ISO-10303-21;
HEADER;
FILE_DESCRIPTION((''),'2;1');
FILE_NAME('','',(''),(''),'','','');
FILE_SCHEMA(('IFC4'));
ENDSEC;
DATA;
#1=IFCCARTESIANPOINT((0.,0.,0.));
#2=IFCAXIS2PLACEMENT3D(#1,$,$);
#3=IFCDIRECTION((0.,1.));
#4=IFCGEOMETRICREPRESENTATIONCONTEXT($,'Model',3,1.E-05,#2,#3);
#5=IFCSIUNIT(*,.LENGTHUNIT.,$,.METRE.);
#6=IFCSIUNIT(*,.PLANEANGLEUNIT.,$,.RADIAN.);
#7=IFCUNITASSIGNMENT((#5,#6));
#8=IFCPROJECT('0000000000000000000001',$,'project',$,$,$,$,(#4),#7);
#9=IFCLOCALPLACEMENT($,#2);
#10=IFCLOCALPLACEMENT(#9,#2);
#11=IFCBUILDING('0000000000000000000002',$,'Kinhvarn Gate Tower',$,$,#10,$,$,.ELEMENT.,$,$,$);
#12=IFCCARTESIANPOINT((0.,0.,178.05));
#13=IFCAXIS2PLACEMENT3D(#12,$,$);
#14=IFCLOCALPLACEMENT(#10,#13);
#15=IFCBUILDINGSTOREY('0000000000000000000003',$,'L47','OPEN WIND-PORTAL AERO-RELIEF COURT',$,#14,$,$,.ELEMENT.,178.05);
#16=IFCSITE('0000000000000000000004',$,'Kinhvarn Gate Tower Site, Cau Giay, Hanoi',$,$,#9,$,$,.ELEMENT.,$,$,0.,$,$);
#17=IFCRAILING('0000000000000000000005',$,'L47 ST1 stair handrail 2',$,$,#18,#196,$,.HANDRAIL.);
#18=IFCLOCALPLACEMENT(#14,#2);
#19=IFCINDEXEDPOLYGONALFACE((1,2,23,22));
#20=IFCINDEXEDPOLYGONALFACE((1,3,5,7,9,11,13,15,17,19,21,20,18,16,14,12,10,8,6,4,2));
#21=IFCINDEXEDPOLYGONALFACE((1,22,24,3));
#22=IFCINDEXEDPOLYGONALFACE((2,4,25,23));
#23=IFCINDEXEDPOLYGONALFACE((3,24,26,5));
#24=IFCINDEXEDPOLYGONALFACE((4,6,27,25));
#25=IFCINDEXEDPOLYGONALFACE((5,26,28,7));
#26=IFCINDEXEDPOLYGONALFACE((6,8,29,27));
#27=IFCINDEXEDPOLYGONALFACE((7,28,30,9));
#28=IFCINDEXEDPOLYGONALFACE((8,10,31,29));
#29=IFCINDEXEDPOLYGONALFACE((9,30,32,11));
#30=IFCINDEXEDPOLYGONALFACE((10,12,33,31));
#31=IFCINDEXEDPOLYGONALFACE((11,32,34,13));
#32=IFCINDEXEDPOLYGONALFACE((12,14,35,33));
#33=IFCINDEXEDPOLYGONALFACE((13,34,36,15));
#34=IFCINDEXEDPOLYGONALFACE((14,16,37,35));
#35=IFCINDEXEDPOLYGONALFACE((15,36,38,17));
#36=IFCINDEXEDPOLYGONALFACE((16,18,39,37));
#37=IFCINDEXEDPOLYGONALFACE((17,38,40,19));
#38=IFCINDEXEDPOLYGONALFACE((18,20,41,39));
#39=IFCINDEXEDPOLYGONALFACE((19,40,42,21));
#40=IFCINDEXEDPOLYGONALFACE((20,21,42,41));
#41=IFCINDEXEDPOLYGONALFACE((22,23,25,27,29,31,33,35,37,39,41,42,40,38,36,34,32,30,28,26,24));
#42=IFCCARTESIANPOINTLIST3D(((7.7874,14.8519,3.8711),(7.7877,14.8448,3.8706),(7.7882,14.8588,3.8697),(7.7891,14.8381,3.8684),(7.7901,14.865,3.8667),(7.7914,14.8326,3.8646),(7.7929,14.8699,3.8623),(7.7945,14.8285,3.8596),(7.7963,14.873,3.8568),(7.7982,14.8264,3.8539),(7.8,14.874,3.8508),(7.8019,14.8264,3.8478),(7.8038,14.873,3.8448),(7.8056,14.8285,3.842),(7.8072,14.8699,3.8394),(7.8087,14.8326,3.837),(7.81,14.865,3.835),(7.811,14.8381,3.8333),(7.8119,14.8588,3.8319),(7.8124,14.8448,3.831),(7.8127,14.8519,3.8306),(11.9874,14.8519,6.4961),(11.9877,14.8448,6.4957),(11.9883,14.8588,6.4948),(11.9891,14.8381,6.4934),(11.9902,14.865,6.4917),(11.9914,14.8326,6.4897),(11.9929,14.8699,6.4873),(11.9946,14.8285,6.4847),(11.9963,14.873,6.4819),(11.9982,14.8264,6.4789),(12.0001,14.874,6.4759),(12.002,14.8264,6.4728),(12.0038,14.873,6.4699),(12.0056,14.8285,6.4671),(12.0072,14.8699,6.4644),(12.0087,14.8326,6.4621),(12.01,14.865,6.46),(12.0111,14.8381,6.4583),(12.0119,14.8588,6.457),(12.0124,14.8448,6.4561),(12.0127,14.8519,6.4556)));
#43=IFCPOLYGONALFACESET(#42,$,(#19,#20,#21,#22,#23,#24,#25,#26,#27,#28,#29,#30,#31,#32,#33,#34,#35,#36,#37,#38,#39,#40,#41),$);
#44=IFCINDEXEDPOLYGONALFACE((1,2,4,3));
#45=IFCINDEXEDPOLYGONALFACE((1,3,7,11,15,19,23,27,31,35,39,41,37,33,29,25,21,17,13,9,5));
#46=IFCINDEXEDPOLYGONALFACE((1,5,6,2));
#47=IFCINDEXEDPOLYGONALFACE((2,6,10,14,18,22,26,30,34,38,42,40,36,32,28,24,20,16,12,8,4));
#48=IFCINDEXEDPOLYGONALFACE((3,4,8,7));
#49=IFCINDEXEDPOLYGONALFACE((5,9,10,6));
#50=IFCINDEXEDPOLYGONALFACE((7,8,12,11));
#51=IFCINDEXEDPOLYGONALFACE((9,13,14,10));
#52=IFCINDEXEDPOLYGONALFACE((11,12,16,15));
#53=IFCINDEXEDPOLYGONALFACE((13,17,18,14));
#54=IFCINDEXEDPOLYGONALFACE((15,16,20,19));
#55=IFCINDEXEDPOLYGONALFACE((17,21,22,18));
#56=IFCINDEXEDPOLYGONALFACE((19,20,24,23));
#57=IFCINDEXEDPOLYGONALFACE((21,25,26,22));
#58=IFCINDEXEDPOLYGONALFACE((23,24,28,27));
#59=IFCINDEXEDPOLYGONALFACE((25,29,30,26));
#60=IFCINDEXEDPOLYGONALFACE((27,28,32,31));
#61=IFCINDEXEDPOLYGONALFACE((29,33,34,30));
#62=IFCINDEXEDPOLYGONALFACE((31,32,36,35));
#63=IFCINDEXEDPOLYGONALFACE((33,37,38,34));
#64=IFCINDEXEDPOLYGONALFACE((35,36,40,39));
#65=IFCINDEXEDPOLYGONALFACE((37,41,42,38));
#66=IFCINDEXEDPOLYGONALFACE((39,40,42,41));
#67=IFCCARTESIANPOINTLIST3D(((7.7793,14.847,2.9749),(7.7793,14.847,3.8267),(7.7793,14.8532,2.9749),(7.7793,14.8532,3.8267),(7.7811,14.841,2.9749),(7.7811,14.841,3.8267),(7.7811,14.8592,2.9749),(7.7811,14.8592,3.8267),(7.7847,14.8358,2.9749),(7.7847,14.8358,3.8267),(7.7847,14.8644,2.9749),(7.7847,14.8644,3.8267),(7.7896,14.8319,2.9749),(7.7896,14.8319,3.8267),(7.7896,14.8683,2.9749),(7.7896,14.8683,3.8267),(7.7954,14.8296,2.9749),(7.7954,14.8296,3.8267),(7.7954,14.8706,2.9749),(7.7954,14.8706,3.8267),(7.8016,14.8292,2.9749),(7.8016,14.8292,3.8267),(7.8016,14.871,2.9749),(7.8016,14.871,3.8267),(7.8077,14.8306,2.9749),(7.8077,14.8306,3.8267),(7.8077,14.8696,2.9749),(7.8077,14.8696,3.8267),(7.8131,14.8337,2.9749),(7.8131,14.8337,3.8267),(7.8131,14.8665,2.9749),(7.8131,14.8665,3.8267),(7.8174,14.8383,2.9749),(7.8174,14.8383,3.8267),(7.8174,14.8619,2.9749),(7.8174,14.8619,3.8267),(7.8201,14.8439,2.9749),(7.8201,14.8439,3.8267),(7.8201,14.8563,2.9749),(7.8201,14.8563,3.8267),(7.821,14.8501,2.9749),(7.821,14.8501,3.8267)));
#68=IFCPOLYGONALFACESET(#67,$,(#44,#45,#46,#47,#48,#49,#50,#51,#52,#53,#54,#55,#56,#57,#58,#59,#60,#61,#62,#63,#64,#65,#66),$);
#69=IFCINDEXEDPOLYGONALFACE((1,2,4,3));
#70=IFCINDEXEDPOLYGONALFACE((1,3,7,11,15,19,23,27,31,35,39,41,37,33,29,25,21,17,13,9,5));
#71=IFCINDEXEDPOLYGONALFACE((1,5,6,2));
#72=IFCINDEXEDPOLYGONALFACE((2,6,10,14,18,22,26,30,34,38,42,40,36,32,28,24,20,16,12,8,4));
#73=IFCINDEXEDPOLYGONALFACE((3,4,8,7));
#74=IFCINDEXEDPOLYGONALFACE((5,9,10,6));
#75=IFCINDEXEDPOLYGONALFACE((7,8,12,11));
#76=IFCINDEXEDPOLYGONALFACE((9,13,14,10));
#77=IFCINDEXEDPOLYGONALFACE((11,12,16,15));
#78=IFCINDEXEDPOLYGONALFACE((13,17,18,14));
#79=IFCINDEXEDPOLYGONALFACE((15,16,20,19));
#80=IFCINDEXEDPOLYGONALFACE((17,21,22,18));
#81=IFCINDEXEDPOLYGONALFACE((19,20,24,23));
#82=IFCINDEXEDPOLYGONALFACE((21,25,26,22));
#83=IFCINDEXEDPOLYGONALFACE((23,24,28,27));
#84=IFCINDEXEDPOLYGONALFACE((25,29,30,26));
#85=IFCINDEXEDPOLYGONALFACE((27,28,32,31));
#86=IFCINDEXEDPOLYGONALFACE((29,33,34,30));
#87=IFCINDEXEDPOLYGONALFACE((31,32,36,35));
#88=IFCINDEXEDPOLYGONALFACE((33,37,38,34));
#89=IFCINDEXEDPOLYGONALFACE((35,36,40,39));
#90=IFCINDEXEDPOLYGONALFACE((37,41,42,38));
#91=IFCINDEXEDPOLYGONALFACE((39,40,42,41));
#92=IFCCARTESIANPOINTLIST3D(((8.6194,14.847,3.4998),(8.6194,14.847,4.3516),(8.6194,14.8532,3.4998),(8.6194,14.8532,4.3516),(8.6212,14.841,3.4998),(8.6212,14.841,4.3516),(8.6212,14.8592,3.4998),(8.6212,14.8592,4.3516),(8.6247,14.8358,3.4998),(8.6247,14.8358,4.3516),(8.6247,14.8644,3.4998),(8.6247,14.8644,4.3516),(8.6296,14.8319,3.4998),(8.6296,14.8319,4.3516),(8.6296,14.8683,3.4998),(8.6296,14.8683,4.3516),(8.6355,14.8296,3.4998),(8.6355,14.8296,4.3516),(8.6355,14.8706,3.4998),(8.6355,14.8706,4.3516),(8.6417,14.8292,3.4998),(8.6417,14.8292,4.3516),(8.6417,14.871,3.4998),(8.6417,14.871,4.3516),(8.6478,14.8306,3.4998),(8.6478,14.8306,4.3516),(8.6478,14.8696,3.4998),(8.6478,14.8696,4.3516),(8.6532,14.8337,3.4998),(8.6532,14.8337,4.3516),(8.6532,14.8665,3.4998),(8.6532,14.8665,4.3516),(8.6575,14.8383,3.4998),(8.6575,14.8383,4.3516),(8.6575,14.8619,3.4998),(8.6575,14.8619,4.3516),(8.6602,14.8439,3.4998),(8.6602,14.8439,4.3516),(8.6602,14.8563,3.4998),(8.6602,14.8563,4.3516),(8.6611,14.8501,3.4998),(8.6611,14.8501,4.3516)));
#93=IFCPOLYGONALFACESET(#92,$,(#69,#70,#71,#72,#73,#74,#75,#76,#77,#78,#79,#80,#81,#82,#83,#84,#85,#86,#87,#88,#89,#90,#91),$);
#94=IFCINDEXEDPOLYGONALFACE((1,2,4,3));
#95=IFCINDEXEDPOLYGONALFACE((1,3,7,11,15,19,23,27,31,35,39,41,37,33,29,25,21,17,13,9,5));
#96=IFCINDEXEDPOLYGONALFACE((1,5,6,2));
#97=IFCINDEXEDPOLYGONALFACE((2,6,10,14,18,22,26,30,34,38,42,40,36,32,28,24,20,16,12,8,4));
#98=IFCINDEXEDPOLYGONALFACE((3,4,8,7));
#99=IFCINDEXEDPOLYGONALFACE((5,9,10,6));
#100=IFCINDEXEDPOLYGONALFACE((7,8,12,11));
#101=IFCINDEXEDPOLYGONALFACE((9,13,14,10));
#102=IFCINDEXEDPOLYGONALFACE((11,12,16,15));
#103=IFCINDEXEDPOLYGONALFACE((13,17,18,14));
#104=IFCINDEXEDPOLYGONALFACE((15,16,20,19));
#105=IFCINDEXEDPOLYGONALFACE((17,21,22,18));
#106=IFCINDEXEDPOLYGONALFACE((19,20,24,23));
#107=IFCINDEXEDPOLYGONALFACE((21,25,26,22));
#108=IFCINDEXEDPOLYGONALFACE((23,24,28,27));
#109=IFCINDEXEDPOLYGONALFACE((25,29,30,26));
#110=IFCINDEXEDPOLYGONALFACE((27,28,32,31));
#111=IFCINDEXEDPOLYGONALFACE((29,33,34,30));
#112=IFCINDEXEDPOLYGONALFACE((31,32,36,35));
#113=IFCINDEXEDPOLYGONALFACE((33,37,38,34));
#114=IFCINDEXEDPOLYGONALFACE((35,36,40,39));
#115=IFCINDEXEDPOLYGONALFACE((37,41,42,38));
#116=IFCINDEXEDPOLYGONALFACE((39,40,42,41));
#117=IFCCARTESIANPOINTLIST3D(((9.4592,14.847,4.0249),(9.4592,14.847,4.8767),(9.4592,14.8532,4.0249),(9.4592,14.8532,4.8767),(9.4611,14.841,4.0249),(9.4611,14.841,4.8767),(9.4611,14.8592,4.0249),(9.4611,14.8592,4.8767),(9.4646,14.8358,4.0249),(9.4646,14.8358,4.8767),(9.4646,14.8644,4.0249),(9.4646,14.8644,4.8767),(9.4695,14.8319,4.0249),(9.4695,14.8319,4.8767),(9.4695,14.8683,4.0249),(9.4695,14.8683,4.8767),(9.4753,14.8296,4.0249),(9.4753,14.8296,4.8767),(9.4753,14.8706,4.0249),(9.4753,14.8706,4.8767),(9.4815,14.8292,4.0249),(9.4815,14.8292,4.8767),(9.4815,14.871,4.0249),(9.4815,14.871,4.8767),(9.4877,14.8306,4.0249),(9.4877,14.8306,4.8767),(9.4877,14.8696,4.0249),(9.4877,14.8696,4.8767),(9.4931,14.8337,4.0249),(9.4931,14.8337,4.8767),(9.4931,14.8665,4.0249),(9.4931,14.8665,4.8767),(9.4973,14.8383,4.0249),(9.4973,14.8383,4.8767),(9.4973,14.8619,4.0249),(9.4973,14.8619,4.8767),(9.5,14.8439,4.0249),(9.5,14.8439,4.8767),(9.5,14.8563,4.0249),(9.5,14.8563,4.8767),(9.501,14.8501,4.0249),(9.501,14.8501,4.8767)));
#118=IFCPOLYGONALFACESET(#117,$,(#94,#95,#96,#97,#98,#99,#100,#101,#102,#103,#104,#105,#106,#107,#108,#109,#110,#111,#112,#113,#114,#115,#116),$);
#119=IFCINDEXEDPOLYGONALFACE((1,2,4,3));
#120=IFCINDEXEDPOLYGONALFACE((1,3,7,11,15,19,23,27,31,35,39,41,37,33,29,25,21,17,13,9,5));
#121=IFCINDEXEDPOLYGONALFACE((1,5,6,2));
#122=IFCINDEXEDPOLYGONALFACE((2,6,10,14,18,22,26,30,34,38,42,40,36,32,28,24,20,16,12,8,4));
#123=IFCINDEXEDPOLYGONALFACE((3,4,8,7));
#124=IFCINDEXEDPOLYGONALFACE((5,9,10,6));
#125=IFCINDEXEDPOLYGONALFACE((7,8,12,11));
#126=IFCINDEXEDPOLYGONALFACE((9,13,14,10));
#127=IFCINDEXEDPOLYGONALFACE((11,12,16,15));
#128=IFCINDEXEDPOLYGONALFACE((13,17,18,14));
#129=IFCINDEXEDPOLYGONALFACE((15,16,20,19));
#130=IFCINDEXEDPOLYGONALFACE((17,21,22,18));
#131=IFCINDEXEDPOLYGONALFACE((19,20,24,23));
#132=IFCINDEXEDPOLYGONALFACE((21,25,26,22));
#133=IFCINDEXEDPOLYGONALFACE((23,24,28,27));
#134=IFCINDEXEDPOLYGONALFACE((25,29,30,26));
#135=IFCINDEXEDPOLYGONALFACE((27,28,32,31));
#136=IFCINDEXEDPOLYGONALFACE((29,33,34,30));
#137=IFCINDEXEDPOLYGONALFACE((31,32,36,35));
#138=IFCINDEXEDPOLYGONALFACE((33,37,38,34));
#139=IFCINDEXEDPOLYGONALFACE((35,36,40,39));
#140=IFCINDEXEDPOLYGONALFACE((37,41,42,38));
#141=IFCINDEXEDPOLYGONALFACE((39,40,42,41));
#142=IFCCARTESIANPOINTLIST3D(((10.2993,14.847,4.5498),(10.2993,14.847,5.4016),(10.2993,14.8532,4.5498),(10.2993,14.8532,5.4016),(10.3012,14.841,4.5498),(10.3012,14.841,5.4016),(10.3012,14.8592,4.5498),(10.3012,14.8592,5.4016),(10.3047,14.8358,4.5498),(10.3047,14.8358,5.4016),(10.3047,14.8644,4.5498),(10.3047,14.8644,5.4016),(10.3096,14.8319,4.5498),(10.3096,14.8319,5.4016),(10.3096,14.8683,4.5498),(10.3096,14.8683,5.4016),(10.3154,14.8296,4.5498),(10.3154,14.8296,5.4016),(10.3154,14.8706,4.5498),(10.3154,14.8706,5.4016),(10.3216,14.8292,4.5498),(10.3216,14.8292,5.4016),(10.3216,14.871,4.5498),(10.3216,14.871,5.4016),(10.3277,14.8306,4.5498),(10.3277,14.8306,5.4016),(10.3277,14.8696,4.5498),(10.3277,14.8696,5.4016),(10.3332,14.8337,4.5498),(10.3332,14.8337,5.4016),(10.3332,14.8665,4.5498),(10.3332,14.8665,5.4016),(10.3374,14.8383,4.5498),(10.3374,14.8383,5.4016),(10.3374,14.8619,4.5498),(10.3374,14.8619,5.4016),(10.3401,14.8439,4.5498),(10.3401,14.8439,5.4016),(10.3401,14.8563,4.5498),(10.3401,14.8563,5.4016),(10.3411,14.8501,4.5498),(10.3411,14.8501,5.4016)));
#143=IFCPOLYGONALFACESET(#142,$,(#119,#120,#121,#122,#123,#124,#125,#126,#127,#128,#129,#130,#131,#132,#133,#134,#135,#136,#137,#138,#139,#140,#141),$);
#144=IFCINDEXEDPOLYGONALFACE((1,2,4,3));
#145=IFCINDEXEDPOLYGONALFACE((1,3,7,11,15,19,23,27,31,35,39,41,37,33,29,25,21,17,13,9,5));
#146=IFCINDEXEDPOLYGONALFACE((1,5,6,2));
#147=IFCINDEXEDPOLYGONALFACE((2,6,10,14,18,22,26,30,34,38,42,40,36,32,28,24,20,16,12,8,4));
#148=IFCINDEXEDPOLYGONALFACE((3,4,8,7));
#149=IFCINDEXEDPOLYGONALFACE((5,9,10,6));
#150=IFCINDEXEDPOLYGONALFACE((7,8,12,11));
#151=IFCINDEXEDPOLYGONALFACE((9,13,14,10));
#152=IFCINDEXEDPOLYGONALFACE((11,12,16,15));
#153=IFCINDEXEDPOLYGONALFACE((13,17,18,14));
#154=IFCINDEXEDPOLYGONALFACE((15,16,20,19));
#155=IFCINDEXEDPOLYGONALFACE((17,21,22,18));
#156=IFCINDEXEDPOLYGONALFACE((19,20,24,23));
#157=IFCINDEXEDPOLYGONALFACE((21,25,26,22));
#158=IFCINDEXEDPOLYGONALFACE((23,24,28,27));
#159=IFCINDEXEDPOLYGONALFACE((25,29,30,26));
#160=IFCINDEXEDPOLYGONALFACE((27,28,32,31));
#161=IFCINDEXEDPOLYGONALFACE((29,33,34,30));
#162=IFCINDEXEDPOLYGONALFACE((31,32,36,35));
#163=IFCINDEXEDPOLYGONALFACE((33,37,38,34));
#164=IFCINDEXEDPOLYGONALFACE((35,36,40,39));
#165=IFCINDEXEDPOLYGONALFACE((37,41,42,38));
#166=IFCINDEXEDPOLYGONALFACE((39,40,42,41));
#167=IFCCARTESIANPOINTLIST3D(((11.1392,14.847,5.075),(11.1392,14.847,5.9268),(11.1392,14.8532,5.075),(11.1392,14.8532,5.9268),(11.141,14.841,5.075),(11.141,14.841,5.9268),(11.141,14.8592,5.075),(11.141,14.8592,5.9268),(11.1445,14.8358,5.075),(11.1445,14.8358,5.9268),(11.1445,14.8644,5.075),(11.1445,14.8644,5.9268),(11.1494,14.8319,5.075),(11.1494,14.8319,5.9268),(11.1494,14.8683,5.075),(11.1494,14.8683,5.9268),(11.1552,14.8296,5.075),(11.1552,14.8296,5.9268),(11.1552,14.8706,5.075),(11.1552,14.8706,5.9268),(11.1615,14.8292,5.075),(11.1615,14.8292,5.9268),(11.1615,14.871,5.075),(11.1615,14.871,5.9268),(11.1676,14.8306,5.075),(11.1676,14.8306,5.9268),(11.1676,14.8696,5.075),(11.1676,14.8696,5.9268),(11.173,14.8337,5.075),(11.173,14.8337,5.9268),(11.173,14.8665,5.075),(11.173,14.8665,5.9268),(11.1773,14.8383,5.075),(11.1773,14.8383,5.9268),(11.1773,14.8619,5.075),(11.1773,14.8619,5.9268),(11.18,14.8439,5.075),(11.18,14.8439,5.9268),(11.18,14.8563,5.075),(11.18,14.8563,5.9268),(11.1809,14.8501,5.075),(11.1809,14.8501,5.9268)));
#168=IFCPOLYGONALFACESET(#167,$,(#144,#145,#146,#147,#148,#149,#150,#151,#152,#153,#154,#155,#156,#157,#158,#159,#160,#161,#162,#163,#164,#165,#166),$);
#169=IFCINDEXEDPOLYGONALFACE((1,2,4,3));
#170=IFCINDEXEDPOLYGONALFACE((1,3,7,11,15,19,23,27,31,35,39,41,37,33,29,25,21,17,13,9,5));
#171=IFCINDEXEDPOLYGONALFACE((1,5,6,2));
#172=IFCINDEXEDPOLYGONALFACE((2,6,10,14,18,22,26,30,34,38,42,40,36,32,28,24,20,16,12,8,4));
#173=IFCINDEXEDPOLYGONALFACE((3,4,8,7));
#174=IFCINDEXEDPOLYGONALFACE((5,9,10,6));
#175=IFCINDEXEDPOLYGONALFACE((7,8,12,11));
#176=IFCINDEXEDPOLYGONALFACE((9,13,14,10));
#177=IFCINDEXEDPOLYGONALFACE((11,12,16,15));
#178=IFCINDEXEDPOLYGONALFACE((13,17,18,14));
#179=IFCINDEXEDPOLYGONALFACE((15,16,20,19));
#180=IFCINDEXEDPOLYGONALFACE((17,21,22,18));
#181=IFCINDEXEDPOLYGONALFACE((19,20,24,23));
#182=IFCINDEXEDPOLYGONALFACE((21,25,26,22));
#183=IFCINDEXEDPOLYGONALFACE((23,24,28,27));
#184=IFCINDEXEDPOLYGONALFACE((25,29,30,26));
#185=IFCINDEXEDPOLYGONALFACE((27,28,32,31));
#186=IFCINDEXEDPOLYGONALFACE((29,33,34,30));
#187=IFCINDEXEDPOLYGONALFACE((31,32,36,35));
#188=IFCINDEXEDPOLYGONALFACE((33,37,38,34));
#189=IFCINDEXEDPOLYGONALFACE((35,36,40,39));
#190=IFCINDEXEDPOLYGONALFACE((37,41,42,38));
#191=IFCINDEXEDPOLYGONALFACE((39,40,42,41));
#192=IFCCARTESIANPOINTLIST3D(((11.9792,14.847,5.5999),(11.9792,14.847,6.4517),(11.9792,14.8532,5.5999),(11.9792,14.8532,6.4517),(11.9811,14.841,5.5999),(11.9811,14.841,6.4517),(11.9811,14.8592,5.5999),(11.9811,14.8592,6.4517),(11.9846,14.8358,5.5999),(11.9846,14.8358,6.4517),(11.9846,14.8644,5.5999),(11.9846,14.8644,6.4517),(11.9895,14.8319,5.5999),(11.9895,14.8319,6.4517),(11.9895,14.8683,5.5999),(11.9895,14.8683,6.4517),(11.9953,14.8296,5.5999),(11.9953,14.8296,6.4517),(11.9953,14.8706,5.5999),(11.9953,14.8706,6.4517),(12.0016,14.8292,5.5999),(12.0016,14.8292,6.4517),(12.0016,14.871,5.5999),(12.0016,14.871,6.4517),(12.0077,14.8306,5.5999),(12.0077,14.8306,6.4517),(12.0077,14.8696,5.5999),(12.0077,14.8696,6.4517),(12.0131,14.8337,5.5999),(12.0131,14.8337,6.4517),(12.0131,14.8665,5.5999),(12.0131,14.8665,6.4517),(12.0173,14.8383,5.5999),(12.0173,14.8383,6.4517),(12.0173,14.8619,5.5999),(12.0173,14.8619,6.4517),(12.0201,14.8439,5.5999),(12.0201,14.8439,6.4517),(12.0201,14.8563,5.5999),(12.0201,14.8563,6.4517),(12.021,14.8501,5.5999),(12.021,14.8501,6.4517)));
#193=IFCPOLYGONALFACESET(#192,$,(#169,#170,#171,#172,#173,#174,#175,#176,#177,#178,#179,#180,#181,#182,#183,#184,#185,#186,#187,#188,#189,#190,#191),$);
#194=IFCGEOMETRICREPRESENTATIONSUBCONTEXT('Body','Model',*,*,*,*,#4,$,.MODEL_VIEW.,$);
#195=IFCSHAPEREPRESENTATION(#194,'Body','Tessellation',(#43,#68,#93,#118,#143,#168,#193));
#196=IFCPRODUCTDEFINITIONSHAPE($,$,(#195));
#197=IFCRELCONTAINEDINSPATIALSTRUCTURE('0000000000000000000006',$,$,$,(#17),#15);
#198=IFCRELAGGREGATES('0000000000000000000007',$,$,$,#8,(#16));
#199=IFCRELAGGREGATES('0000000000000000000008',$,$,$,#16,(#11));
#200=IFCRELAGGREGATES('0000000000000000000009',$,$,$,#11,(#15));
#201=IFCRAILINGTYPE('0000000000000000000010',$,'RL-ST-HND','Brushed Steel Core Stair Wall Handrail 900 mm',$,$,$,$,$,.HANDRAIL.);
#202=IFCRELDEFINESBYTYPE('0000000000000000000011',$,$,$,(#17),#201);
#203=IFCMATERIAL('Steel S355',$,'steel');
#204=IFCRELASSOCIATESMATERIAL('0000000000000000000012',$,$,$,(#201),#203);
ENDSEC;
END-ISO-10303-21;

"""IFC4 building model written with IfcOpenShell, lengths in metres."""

from ifc_helpers import new_model, si_unit, direction, frame, origin, origin_2d, place, context, subcontext, project, spatial, circle, extrude, material, type_object, element, save


model = new_model("IFC4")

# Units and contexts
model_context = context("Model", 3, precision=1e-05, world=origin(), true_north=direction((0.0, 1.0)))
body_context = subcontext(model_context, "Body", "Model", "MODEL_VIEW")
ifc_project = project(units=[si_unit("LENGTHUNIT", "METRE"), si_unit("PLANEANGLEUNIT", "RADIAN")], contexts=[model_context])

# Site, building, storey
site_placement = place(None, origin())
site = spatial("IfcSite", under=ifc_project, at=site_placement, Name="Kinhvarn Gate Tower Site, Cau Giay, Hanoi", CompositionType="ELEMENT", RefElevation=0.0)
building_placement = place(site_placement, origin())
building = spatial("IfcBuilding", under=site, at=building_placement, Name="Kinhvarn Gate Tower", CompositionType="ELEMENT")
storey_placement = place(building_placement, frame((0.0, 0.0, 178.05)))
storey = spatial("IfcBuildingStorey", under=building, at=storey_placement, Name="L47", Description="OPEN WIND-PORTAL AERO-RELIEF COURT", CompositionType="ELEMENT", Elevation=178.05)

# Shared definitions
ifc_material_1 = material(Name="Steel S355", Category="steel")

# Railing
railing_type_1 = type_object("IfcRailingType", Name="RL-ST-HND", Description="Brushed Steel Core Stair Wall Handrail 900 mm", PredefinedType="HANDRAIL", material=ifc_material_1)
railing_1_placement = place(storey_placement, frame((7.8, 14.8501, 2.9749)))
element("IfcRailing", 1, at=railing_1_placement, inside=storey, type_object=railing_type_1, Name="L47 ST1 stair handrail 2", PredefinedType="HANDRAIL", context=body_context, shape_type="SweptSolid", body=[
    extrude(circle(Radius=0.0239, at=origin_2d()), frame((0.0, 0.0, 0.876), z_axis=(0.847996, 0.0, 0.530003), x_axis=(0.0, 1.0, 0.0)), (0.0, 0.0, 1.0), 4.9529),
    extrude(circle(Radius=0.021, at=origin_2d()), origin(), (0.0, 0.0, 1.0), 0.8518),
    extrude(circle(Radius=0.021, at=origin_2d()), frame((0.8401, 0.0, 0.5249)), (0.0, 0.0, 1.0), 0.8518),
    extrude(circle(Radius=0.021, at=origin_2d()), frame((1.6799, 0.0, 1.05)), (0.0, 0.0, 1.0), 0.8518),
    extrude(circle(Radius=0.021, at=origin_2d()), frame((2.52, 0.0, 1.575)), (0.0, 0.0, 1.0), 0.8518),
    extrude(circle(Radius=0.021, at=origin_2d()), frame((3.3599, 0.0, 2.1001)), (0.0, 0.0, 1.0), 0.8518),
    extrude(circle(Radius=0.021, at=origin_2d()), frame((4.2, 0.0, 2.625)), (0.0, 0.0, 1.0), 0.8518),
])

save(model, "model.ifc")
